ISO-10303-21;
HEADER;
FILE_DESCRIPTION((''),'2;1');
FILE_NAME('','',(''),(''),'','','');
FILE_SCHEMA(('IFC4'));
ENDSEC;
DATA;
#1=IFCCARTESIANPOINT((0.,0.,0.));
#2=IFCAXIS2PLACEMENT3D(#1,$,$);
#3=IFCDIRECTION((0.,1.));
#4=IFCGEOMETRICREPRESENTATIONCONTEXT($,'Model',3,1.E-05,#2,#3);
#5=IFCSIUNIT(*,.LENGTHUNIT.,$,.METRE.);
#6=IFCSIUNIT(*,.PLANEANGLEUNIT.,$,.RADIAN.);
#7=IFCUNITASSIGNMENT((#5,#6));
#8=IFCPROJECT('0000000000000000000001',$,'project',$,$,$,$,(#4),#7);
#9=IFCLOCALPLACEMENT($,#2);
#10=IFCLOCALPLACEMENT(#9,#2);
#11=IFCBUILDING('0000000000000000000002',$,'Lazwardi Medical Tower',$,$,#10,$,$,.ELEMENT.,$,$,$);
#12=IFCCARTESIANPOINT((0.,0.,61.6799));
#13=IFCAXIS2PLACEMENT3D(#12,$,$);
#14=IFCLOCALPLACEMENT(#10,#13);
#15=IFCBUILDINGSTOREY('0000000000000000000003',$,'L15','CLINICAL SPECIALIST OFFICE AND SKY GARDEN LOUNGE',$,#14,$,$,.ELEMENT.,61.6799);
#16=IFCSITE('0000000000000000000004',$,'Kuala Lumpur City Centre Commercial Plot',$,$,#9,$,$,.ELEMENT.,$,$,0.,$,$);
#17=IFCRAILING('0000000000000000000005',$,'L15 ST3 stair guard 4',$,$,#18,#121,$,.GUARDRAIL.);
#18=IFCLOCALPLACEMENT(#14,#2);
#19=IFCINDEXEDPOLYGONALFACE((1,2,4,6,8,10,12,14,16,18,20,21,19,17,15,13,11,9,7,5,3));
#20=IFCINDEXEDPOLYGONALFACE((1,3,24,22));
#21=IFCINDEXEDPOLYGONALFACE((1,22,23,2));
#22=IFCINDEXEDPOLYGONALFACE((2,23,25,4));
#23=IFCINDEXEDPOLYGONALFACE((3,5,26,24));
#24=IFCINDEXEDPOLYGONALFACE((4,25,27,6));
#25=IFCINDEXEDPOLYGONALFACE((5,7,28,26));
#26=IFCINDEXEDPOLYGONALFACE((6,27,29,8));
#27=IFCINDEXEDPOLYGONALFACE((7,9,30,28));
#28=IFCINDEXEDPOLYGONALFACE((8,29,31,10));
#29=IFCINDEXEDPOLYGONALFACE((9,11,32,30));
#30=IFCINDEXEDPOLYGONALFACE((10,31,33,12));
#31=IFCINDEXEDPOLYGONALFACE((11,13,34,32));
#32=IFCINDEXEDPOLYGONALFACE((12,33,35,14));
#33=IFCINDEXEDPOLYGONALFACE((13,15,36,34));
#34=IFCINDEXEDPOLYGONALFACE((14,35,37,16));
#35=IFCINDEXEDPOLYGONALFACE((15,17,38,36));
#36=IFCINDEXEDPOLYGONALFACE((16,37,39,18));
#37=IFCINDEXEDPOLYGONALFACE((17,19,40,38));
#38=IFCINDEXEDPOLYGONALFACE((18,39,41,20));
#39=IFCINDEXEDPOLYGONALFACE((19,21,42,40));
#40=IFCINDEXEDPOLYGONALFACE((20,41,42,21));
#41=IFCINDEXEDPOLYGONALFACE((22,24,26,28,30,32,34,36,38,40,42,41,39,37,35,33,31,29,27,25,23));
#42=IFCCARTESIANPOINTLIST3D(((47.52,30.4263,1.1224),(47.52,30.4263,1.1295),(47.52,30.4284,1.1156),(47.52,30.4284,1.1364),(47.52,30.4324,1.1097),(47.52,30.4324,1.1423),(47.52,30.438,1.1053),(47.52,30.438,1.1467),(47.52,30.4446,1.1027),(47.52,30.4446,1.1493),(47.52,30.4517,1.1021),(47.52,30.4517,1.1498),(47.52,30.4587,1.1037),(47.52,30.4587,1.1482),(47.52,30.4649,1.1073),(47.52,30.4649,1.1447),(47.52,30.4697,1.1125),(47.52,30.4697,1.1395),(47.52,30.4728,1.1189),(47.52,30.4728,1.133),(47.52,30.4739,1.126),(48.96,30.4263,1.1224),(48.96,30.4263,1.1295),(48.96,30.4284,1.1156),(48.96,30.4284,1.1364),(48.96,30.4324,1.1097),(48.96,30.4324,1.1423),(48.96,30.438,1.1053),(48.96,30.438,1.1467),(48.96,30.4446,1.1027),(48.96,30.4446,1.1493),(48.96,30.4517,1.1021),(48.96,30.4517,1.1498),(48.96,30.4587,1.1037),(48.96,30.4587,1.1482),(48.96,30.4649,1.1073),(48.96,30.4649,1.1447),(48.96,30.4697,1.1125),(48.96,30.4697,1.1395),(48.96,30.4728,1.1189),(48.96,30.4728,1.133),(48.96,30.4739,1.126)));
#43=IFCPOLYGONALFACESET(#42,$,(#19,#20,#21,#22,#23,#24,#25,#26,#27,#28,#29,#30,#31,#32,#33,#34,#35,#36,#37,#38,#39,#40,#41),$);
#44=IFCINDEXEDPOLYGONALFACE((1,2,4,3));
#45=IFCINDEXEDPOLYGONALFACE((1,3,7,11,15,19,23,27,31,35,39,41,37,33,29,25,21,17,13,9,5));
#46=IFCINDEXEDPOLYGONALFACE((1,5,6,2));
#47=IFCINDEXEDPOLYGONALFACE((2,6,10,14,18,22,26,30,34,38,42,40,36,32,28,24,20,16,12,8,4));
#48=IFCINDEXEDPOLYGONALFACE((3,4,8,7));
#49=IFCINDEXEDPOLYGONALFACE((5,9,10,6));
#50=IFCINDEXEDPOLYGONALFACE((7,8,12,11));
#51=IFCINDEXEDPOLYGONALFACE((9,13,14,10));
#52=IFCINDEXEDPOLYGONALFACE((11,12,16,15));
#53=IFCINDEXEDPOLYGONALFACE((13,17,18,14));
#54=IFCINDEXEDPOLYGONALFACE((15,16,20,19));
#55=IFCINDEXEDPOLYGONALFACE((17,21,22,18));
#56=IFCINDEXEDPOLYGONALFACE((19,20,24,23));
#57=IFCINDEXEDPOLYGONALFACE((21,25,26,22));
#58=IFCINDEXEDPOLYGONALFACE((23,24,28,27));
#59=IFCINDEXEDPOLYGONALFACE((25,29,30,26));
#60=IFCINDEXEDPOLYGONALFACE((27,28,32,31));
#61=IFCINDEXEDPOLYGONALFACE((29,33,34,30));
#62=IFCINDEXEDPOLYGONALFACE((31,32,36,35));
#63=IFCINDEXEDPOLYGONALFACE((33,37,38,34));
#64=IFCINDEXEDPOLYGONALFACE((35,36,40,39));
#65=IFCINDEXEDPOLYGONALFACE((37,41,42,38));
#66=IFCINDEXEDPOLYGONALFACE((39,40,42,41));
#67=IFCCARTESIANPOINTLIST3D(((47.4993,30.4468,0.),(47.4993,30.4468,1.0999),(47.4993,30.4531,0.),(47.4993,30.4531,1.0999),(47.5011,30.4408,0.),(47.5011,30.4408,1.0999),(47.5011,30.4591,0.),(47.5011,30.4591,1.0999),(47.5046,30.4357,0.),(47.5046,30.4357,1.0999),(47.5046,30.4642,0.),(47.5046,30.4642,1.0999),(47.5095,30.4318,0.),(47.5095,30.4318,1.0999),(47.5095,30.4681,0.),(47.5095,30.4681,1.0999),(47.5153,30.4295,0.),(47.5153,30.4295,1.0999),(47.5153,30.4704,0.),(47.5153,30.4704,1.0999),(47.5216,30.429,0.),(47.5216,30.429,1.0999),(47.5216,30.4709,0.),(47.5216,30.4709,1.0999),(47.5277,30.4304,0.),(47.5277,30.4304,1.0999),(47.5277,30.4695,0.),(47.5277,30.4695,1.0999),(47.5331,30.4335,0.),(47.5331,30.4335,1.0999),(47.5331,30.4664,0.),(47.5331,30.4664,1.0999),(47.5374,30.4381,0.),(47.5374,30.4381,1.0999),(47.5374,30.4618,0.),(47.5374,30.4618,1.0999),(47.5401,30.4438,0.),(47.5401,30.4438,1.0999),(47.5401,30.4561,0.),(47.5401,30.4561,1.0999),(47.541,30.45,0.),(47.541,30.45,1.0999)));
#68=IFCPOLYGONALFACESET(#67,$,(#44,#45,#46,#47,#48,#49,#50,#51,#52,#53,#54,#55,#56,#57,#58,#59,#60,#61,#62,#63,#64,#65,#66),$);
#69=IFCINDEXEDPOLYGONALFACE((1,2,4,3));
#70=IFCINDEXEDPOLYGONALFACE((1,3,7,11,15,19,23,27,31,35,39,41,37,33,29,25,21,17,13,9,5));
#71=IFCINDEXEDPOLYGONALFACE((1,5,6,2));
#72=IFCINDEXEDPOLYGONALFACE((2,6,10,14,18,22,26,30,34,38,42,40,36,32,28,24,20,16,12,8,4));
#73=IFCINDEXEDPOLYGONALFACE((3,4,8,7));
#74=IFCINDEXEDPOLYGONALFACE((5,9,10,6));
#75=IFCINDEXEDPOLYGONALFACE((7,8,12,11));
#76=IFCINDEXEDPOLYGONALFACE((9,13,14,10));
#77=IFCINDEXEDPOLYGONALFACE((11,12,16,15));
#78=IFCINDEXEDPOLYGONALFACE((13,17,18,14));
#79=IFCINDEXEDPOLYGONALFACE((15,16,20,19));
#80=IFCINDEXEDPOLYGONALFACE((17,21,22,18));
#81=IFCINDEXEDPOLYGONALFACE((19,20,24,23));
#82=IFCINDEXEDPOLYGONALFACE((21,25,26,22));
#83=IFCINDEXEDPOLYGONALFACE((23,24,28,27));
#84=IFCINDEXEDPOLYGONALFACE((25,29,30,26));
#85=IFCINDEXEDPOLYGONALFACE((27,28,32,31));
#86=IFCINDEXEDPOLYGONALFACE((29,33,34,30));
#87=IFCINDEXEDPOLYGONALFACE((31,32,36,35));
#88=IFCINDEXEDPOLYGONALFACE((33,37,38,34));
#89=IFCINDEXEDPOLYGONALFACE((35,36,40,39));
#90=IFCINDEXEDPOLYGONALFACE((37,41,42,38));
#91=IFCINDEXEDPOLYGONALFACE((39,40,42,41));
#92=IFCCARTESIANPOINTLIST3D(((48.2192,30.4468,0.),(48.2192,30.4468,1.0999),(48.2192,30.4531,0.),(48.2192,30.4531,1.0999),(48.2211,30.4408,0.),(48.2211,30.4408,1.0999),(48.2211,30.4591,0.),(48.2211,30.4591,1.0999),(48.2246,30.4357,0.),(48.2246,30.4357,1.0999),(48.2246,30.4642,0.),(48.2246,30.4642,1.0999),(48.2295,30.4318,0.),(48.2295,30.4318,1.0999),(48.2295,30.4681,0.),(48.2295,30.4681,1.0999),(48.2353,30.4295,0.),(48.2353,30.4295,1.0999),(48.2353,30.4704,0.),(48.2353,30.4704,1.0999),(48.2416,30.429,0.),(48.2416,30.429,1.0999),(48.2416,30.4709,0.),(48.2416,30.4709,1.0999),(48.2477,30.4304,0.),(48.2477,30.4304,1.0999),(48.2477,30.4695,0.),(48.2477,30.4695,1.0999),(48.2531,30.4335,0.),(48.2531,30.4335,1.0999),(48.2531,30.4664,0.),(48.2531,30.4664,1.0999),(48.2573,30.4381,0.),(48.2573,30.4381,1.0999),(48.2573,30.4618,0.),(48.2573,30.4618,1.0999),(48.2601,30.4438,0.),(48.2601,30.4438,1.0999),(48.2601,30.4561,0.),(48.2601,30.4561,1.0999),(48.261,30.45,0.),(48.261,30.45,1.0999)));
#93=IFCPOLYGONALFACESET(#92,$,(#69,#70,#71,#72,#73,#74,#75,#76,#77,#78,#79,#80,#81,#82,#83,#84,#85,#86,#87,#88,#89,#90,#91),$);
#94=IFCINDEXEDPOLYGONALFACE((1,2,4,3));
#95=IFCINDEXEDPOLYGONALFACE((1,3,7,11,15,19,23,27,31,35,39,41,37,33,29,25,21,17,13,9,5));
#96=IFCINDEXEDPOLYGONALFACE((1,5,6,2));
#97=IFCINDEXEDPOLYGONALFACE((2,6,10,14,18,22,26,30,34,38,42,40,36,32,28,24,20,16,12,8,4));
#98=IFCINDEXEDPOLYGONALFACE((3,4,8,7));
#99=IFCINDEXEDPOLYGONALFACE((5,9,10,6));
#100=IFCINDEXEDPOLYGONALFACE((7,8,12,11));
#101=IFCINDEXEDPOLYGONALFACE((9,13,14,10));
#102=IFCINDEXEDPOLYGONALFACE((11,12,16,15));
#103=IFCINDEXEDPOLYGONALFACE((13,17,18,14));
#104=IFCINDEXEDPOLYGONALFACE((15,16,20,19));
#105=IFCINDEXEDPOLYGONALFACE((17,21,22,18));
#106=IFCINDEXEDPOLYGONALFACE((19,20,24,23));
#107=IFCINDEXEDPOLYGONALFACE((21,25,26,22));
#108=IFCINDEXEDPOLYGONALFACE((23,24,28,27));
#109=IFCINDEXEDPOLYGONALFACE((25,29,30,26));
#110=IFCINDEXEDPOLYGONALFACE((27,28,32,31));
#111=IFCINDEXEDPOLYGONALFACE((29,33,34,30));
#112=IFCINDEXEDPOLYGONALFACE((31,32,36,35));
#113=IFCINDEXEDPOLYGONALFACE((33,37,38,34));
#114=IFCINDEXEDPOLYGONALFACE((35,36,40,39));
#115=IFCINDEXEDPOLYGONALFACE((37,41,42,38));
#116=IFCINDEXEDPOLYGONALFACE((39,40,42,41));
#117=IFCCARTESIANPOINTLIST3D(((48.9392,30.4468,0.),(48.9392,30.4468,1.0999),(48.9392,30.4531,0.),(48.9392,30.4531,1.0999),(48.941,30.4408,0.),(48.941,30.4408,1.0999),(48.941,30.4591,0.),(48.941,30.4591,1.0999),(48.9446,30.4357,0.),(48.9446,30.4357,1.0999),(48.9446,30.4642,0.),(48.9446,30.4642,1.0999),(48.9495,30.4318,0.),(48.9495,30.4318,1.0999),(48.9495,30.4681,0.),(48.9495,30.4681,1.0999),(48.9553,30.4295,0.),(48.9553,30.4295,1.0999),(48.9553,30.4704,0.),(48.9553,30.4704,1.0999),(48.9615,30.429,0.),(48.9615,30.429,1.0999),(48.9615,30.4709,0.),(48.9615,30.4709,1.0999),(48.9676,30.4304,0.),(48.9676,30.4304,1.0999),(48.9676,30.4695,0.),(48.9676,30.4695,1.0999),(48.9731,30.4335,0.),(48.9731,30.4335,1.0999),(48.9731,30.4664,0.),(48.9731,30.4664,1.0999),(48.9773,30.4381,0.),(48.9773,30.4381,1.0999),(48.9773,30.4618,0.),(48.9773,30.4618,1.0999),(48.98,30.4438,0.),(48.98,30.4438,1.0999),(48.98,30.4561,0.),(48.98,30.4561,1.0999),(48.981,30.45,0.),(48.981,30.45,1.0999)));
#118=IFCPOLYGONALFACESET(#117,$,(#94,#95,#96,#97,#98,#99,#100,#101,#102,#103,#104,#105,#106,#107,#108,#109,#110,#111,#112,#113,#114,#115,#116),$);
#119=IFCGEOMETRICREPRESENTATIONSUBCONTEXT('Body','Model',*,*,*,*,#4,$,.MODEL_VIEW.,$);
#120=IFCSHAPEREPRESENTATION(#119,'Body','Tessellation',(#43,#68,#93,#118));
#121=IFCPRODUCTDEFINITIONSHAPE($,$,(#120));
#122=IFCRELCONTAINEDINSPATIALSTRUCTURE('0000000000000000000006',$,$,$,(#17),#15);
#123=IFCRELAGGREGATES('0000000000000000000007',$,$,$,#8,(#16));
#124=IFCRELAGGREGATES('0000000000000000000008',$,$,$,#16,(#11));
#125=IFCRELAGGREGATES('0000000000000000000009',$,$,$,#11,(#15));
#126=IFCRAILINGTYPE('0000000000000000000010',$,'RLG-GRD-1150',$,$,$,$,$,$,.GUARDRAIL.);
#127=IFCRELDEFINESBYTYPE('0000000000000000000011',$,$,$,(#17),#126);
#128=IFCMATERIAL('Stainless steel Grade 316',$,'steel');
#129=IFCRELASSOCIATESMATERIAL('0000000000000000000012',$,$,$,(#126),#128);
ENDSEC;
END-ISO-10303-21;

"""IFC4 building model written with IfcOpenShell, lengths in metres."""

from ifc_helpers import new_model, si_unit, direction, frame, origin, origin_2d, place, context, subcontext, project, spatial, circle, extrude, material, type_object, element, save


model = new_model("IFC4")

# Units and contexts
model_context = context("Model", 3, precision=1e-05, world=origin(), true_north=direction((0.0, 1.0)))
body_context = subcontext(model_context, "Body", "Model", "MODEL_VIEW")
ifc_project = project(units=[si_unit("LENGTHUNIT", "METRE"), si_unit("PLANEANGLEUNIT", "RADIAN")], contexts=[model_context])

# Site, building, storey
site_placement = place(None, origin())
site = spatial("IfcSite", under=ifc_project, at=site_placement, Name="Kuala Lumpur City Centre Commercial Plot", CompositionType="ELEMENT", RefElevation=0.0)
building_placement = place(site_placement, origin())
building = spatial("IfcBuilding", under=site, at=building_placement, Name="Lazwardi Medical Tower", CompositionType="ELEMENT")
storey_placement = place(building_placement, frame((0.0, 0.0, 61.6799)))
storey = spatial("IfcBuildingStorey", under=building, at=storey_placement, Name="L15", Description="CLINICAL SPECIALIST OFFICE AND SKY GARDEN LOUNGE", CompositionType="ELEMENT", Elevation=61.6799)

# Railing
ifc_material_1 = material(Name="Stainless steel Grade 316", Category="steel")
railing_type_1 = type_object("IfcRailingType", Name="RLG-GRD-1150", PredefinedType="GUARDRAIL", material=ifc_material_1)
railing_1_placement = place(storey_placement, frame((47.52, 30.45, 0.0)))
element("IfcRailing", 1, at=railing_1_placement, inside=storey, type_object=railing_type_1, Name="L15 ST3 stair guard 4", PredefinedType="GUARDRAIL", context=body_context, shape_type="SweptSolid", body=[
    extrude(circle(Radius=0.0239, at=origin_2d()), frame((0.0, 0.0, 1.126), z_axis=(1.0, 0.0, 0.0), x_axis=(0.0, 1.0, 0.0)), (0.0, 0.0, 1.0), 1.4399),
    extrude(circle(Radius=0.021, at=origin_2d()), origin(), (0.0, 0.0, 1.0), 1.0999),
    extrude(circle(Radius=0.021, at=origin_2d()), frame((0.72, 0.0, 0.0)), (0.0, 0.0, 1.0), 1.0999),
    extrude(circle(Radius=0.021, at=origin_2d()), frame((1.4399, 0.0, 0.0)), (0.0, 0.0, 1.0), 1.0999),
])

save(model, "model.ifc")
